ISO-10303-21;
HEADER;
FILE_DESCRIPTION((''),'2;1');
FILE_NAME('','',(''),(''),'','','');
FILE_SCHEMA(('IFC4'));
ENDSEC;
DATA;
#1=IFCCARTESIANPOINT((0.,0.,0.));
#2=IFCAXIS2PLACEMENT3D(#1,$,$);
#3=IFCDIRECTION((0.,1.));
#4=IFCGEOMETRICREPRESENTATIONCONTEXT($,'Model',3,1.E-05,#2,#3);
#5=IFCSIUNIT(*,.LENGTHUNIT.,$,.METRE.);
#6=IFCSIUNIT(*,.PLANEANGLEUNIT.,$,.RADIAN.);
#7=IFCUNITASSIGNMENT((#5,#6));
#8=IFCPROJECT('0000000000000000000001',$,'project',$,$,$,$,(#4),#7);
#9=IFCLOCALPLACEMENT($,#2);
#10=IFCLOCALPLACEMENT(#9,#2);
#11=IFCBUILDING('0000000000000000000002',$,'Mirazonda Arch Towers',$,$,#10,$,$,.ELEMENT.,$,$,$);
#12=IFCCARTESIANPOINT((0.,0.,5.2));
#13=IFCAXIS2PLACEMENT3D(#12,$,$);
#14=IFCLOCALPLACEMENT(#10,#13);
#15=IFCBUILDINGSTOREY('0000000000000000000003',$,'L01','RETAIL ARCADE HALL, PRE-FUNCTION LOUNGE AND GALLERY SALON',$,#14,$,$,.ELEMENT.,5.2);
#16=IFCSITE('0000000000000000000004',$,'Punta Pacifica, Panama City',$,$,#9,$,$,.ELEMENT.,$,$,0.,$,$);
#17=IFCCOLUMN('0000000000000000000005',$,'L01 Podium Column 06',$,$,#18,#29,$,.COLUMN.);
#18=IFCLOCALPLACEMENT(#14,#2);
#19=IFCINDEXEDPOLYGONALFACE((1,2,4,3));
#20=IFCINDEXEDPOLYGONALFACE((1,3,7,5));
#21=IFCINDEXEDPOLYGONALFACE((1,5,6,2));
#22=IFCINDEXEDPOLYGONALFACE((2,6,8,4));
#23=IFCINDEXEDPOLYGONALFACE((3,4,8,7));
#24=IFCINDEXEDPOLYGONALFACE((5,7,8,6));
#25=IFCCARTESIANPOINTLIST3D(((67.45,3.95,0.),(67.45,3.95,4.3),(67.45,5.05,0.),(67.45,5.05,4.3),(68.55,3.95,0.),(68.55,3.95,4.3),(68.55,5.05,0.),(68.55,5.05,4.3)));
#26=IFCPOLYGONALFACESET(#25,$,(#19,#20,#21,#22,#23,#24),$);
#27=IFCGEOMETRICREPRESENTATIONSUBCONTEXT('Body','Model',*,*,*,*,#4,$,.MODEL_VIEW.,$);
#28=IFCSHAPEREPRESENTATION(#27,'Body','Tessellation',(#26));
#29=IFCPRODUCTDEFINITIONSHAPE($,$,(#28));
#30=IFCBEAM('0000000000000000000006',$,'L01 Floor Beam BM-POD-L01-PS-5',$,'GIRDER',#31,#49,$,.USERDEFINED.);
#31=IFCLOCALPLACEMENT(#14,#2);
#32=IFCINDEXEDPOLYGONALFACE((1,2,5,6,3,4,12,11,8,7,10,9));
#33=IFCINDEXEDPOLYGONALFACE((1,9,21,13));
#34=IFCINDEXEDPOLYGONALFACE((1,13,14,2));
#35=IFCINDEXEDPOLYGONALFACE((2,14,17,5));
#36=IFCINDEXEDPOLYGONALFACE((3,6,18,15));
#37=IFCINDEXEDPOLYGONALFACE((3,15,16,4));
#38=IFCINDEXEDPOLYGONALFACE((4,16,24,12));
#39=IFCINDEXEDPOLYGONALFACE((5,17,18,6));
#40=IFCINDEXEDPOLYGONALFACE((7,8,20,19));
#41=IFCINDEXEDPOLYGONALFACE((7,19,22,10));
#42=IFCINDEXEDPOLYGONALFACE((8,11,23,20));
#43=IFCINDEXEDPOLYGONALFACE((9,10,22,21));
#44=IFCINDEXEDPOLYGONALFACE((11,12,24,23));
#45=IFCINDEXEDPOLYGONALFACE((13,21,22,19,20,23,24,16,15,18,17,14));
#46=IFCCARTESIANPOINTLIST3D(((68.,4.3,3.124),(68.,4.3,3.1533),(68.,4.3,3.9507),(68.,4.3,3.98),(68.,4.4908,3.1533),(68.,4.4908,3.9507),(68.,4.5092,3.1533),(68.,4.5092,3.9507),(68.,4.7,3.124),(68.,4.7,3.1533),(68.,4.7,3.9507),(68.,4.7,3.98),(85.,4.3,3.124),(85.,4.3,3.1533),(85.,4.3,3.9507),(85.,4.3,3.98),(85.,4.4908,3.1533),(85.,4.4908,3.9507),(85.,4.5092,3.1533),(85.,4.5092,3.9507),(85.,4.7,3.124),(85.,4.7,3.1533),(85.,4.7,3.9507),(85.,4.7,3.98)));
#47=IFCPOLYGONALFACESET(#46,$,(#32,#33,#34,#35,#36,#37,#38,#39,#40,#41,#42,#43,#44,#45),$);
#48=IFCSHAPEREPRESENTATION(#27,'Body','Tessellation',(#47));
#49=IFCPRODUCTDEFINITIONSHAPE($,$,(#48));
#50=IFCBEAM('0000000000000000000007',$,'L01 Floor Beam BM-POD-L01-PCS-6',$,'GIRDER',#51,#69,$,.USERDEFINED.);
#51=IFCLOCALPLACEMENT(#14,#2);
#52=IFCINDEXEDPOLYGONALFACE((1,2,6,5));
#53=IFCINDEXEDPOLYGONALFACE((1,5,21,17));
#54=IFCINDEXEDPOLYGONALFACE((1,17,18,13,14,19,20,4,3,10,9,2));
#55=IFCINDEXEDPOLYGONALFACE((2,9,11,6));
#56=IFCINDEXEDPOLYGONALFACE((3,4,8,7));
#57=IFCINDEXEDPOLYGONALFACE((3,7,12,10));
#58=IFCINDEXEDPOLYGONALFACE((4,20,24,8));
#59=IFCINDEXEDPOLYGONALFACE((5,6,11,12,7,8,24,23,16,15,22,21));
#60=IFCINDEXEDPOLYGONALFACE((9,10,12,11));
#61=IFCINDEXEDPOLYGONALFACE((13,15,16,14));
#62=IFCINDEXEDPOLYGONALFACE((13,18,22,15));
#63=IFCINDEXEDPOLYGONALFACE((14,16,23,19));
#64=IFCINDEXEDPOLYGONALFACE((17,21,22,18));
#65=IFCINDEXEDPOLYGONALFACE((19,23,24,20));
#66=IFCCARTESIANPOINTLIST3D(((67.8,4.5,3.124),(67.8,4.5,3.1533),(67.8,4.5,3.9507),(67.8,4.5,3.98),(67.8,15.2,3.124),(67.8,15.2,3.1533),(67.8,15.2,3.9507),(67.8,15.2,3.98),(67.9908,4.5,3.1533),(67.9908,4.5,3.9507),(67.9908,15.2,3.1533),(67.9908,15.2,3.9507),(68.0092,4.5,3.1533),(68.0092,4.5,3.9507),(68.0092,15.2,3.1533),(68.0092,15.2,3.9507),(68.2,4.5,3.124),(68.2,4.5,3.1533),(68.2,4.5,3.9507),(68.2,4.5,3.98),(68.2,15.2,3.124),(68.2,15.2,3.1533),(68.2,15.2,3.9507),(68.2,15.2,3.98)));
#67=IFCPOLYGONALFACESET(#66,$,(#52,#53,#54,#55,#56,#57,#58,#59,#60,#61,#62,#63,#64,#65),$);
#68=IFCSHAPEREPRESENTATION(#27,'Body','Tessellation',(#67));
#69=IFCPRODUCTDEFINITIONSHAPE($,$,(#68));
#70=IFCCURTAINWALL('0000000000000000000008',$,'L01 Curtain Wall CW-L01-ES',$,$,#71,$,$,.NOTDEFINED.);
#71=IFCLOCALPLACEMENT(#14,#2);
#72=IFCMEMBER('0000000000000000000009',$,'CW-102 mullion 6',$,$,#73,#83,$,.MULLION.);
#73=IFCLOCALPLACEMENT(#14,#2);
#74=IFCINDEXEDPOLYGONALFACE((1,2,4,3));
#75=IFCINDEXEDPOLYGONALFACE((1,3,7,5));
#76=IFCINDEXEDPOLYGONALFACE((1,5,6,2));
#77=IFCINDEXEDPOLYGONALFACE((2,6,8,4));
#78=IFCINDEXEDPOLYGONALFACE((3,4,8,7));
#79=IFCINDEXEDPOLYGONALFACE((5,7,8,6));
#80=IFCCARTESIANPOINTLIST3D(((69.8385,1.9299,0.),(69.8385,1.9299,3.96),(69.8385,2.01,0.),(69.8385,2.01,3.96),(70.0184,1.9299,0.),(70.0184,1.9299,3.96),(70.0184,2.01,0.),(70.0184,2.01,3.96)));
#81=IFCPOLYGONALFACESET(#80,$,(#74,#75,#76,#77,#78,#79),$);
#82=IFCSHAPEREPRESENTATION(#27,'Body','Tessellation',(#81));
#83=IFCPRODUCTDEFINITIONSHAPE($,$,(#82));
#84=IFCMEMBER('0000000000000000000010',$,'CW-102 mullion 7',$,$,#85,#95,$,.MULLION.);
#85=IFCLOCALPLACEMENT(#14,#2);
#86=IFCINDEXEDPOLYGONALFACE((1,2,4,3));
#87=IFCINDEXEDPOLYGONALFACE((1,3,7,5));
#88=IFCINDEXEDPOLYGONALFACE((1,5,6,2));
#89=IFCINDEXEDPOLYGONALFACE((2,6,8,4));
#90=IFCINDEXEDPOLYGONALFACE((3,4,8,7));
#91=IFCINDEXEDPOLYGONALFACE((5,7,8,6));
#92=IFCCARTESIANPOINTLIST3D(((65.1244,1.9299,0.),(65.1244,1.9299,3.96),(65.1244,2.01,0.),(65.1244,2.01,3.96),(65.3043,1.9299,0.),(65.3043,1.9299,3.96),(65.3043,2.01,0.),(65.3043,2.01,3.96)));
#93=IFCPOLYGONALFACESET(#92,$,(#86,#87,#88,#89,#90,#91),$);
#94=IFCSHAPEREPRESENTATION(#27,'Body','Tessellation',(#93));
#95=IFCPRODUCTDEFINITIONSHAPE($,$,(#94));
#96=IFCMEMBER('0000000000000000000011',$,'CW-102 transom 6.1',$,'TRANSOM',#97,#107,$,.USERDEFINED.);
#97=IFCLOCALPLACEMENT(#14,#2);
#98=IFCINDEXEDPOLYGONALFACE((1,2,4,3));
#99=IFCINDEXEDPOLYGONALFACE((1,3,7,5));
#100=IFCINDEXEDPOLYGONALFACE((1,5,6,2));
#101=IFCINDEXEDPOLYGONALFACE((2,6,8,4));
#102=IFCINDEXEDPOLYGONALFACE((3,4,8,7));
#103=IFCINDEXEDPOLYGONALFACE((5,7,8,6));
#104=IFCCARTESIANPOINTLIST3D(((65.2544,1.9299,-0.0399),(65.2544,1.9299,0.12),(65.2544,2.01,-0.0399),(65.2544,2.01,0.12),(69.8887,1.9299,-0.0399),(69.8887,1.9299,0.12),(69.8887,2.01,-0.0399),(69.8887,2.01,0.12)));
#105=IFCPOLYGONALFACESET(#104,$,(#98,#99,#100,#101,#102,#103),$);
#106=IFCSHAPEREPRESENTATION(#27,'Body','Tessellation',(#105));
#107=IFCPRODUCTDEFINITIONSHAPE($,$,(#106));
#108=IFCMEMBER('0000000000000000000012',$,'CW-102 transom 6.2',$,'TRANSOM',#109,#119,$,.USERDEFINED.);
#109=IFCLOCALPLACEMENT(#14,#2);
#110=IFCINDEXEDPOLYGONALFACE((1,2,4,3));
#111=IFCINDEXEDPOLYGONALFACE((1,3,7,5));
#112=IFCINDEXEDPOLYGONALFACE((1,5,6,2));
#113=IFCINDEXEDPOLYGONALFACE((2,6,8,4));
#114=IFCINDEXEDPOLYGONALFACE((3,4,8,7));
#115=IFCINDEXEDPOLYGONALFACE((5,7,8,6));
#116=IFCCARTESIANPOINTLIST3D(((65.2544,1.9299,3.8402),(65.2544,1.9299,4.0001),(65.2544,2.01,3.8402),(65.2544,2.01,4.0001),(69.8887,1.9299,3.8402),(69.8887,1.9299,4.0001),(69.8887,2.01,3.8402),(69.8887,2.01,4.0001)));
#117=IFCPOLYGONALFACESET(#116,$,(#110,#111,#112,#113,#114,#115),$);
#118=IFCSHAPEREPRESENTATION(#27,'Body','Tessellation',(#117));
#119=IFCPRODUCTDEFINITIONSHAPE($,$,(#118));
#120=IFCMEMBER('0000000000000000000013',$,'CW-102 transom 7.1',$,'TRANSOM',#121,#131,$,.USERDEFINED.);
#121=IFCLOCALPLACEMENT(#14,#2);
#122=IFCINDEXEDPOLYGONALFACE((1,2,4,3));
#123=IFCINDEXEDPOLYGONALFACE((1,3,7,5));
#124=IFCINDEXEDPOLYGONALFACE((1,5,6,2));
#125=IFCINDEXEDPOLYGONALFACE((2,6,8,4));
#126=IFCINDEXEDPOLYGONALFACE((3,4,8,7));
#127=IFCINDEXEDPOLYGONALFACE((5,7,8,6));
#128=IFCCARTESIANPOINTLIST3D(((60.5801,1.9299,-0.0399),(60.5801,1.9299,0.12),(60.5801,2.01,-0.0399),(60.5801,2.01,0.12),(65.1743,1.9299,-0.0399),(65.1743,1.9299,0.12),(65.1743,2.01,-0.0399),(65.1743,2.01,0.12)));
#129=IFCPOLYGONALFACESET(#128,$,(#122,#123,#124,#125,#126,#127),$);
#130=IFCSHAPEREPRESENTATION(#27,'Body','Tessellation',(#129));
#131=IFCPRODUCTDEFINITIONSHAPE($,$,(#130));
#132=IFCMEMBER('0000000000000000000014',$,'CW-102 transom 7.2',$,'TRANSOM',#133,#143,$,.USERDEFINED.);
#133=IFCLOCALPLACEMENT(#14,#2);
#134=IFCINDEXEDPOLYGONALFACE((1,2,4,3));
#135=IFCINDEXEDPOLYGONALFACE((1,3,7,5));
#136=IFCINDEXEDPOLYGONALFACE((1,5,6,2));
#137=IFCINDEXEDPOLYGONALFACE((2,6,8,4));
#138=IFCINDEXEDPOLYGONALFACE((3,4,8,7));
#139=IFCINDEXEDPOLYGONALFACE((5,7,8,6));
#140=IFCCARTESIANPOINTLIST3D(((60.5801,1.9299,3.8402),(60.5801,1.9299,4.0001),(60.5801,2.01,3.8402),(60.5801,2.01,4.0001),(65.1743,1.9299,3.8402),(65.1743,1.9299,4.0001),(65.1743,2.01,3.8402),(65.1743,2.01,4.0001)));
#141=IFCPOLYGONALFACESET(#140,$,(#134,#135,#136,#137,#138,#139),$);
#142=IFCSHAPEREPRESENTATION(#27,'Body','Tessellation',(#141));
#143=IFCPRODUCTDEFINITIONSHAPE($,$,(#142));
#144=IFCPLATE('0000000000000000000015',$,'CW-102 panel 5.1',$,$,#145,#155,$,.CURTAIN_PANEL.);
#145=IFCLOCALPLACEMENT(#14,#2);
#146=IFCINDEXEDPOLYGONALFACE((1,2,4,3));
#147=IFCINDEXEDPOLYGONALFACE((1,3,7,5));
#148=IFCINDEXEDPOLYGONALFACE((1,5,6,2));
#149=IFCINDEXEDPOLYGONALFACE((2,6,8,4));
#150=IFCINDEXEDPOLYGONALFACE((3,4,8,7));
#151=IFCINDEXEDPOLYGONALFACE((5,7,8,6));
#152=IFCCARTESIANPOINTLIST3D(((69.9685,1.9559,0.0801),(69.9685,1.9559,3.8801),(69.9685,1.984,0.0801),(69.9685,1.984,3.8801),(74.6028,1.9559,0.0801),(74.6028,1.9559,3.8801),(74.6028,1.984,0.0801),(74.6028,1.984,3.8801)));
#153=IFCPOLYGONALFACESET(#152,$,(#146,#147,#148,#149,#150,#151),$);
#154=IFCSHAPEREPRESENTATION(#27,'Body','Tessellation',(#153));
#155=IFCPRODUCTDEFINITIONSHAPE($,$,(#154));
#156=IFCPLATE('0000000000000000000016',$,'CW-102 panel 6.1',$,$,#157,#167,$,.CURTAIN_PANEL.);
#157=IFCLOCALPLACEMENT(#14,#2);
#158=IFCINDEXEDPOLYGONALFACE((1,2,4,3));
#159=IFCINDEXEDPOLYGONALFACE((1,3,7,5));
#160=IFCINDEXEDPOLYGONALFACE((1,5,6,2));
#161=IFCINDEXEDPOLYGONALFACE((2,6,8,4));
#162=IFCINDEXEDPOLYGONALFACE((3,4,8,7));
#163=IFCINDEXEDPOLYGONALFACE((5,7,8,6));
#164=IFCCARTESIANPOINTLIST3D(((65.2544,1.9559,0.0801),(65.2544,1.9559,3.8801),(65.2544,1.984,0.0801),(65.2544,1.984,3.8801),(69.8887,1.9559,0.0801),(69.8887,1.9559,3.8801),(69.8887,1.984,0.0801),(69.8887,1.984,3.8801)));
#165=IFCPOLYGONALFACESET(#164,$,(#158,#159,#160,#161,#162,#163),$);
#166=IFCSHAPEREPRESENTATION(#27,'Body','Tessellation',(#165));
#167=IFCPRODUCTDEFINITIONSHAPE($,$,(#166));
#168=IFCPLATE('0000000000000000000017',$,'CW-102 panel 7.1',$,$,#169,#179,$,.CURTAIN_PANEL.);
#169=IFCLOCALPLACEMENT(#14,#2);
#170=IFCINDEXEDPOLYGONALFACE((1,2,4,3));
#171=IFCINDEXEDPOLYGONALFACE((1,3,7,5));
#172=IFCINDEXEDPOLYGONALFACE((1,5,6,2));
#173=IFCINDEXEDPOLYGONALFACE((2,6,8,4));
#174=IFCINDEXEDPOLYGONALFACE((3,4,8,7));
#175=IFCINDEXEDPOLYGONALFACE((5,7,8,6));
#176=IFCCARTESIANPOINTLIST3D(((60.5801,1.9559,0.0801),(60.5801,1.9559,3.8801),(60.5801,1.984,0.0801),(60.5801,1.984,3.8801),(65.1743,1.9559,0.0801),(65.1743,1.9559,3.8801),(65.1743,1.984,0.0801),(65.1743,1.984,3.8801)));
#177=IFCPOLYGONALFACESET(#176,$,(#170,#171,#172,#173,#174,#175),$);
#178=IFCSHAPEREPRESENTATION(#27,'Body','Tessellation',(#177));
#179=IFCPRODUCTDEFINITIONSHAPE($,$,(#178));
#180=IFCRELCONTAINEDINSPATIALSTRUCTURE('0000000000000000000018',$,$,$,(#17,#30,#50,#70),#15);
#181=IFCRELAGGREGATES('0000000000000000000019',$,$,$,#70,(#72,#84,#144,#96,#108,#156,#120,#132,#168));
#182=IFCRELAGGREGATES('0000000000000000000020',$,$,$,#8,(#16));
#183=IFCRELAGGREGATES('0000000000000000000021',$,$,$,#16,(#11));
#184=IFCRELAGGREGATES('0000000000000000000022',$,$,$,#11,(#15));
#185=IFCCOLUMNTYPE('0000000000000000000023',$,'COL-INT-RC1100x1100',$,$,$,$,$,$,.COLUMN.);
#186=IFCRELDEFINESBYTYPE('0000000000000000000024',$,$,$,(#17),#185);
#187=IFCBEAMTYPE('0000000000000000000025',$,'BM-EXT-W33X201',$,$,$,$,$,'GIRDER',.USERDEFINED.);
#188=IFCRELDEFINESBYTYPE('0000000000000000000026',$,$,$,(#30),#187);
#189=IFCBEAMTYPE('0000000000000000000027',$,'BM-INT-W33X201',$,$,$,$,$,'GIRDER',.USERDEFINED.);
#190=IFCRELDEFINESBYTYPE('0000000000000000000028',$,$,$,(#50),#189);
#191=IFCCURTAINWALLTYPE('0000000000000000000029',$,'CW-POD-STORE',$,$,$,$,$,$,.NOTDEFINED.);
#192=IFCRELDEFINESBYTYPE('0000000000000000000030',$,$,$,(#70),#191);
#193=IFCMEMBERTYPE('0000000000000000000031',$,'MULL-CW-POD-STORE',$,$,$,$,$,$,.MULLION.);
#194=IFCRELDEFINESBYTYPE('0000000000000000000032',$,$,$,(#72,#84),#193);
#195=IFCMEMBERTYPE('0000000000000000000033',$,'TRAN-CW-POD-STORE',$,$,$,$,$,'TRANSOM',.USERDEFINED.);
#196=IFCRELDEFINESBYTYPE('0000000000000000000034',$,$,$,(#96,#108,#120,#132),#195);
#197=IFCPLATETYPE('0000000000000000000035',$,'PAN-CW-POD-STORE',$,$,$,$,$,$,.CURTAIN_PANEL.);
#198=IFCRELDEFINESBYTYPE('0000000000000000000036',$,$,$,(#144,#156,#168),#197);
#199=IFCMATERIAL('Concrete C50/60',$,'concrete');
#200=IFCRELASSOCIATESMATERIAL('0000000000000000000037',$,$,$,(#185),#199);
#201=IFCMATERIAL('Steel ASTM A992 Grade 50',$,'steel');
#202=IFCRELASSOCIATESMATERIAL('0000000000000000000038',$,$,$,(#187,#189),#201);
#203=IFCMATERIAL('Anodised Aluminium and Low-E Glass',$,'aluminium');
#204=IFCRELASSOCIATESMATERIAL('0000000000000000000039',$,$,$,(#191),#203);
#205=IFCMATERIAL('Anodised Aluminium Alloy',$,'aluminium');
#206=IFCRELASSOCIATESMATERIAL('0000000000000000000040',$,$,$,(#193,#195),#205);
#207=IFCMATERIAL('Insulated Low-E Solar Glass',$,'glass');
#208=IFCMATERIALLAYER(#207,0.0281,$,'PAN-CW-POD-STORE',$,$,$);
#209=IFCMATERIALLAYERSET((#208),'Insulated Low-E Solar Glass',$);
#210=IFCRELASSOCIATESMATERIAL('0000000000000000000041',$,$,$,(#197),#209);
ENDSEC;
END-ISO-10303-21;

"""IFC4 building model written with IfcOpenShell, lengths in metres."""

from ifc_helpers import new_model, si_unit, direction, frame, origin, origin_2d, place, context, subcontext, project, spatial, rectangle, i_section, extrude, material, layer, layer_set, material_profile, profile_set, type_object, element, aggregate, save


model = new_model("IFC4")

# Units and contexts
model_context = context("Model", 3, precision=1e-05, world=origin(), true_north=direction((0.0, 1.0)))
body_context = subcontext(model_context, "Body", "Model", "MODEL_VIEW")
ifc_project = project(units=[si_unit("LENGTHUNIT", "METRE"), si_unit("PLANEANGLEUNIT", "RADIAN")], contexts=[model_context])

# Site, building, storey
site_placement = place(None, origin())
site = spatial("IfcSite", under=ifc_project, at=site_placement, Name="Punta Pacifica, Panama City", CompositionType="ELEMENT", RefElevation=0.0)
building_placement = place(site_placement, origin())
building = spatial("IfcBuilding", under=site, at=building_placement, Name="Mirazonda Arch Towers", CompositionType="ELEMENT")
storey_placement = place(building_placement, frame((0.0, 0.0, 5.2)))
storey = spatial("IfcBuildingStorey", under=building, at=storey_placement, Name="L01", Description="RETAIL ARCADE HALL, PRE-FUNCTION LOUNGE AND GALLERY SALON", CompositionType="ELEMENT", Elevation=5.2)

# Column
ifc_material_1 = material(Name="Concrete C50/60", Category="concrete")
ifc_material_profile_1 = material_profile(ifc_material_1, rectangle(XDim=1.1001, YDim=1.1001, at=origin_2d()), Name="RC1100x1100")
ifc_profile_set_1 = profile_set([ifc_material_profile_1], Name="Concrete C50/60")
column_type = type_object("IfcColumnType", Name="COL-INT-RC1100x1100", PredefinedType="COLUMN", material=ifc_profile_set_1)
column_placement = place(storey_placement, frame((68.0, 4.5, 0.0), z_axis=(0.0, 0.0, 1.0), x_axis=(1.0, 0.0, 0.0)))
element("IfcColumn", 1, at=column_placement, inside=storey, type_object=column_type, Name="L01 Podium Column 06", PredefinedType="COLUMN", context=body_context, shape_type="SweptSolid", body=[
    extrude(rectangle(XDim=1.1001, YDim=1.1001, at=origin_2d()), origin(), (0.0, 0.0, 1.0), 4.3),
])

# Beams
ifc_material_2 = material(Name="Steel ASTM A992 Grade 50", Category="steel")
ifc_material_profile_2 = material_profile(ifc_material_2, i_section(OverallWidth=0.3999, OverallDepth=0.856, WebThickness=0.0183, FlangeThickness=0.0293, at=origin_2d()), Name="W33X201")
ifc_profile_set_2 = profile_set([ifc_material_profile_2], Name="Steel ASTM A992 Grade 50")
beam_type_1 = type_object("IfcBeamType", Name="BM-EXT-W33X201", ElementType="GIRDER", PredefinedType="USERDEFINED", material=ifc_profile_set_2)
beam_1_placement = place(storey_placement, frame((68.0, 4.5, 3.552), z_axis=(1.0, 0.0, 0.0), x_axis=(0.0, 1.0, 0.0)))
element("IfcBeam", 2, at=beam_1_placement, inside=storey, type_object=beam_type_1, Name="L01 Floor Beam BM-POD-L01-PS-5", ObjectType="GIRDER", PredefinedType="USERDEFINED", context=body_context, shape_type="SweptSolid", body=[
    extrude(i_section(OverallWidth=0.3999, OverallDepth=0.856, WebThickness=0.0183, FlangeThickness=0.0293, at=origin_2d()), origin(), (0.0, 0.0, 1.0), 17.0),
])
ifc_material_profile_3 = material_profile(ifc_material_2, i_section(OverallWidth=0.3999, OverallDepth=0.856, WebThickness=0.0183, FlangeThickness=0.0293, at=origin_2d()), Name="W33X201")
ifc_profile_set_3 = profile_set([ifc_material_profile_3], Name="Steel ASTM A992 Grade 50")
beam_type_2 = type_object("IfcBeamType", Name="BM-INT-W33X201", ElementType="GIRDER", PredefinedType="USERDEFINED", material=ifc_profile_set_3)
beam_2_placement = place(storey_placement, frame((68.0, 4.5, 3.552), z_axis=(0.0, 1.0, 0.0), x_axis=(-1.0, 0.0, 0.0)))
element("IfcBeam", 3, at=beam_2_placement, inside=storey, type_object=beam_type_2, Name="L01 Floor Beam BM-POD-L01-PCS-6", ObjectType="GIRDER", PredefinedType="USERDEFINED", context=body_context, shape_type="SweptSolid", body=[
    extrude(i_section(OverallWidth=0.3999, OverallDepth=0.856, WebThickness=0.0183, FlangeThickness=0.0293, at=origin_2d()), origin(), (0.0, 0.0, 1.0), 10.7),
])

# Curtain wall, members, plates
ifc_material_3 = material(Name="Anodised Aluminium and Low-E Glass", Category="aluminium")
curtain_wall_type = type_object("IfcCurtainWallType", Name="CW-POD-STORE", PredefinedType="NOTDEFINED", material=ifc_material_3)
curtain_wall_placement = place(storey_placement, origin())
curtain_wall = element("IfcCurtainWall", 4, at=curtain_wall_placement, inside=storey, type_object=curtain_wall_type, Name="L01 Curtain Wall CW-L01-ES", PredefinedType="NOTDEFINED")
ifc_material_4 = material(Name="Anodised Aluminium Alloy", Category="aluminium")
ifc_material_profile_4 = material_profile(ifc_material_4, rectangle(XDim=0.0801, YDim=0.1799, at=origin_2d()), Name="ALU-MULL-80x180")
ifc_profile_set_4 = profile_set([ifc_material_profile_4], Name="Anodised Aluminium Alloy")
member_type_1 = type_object("IfcMemberType", Name="MULL-CW-POD-STORE", PredefinedType="MULLION", material=ifc_profile_set_4)
member_1_placement = place(storey_placement, frame((69.9285, 1.97, 0.0), z_axis=(0.0, 0.0, 1.0), x_axis=(0.0, -1.0, 0.0)))
member_1 = element("IfcMember", 5, at=member_1_placement, type_object=member_type_1, Name="CW-102 mullion 6", PredefinedType="MULLION", context=body_context, shape_type="SweptSolid", body=[
    extrude(rectangle(XDim=0.0801, YDim=0.1799, at=origin_2d()), origin(), (0.0, 0.0, 1.0), 3.96),
])
member_2_placement = place(storey_placement, frame((65.2144, 1.97, 0.0), z_axis=(0.0, 0.0, 1.0), x_axis=(0.0, -1.0, 0.0)))
member_2 = element("IfcMember", 6, at=member_2_placement, type_object=member_type_1, Name="CW-102 mullion 7", PredefinedType="MULLION", context=body_context, shape_type="SweptSolid", body=[
    extrude(rectangle(XDim=0.0801, YDim=0.1799, at=origin_2d()), origin(), (0.0, 0.0, 1.0), 3.96),
])
ifc_material_profile_5 = material_profile(ifc_material_4, rectangle(XDim=0.0801, YDim=0.1599, at=origin_2d()), Name="ALU-TRAN-80x160")
ifc_profile_set_5 = profile_set([ifc_material_profile_5], Name="Anodised Aluminium Alloy")
member_type_2 = type_object("IfcMemberType", Name="TRAN-CW-POD-STORE", ElementType="TRANSOM", PredefinedType="USERDEFINED", material=ifc_profile_set_5)
member_3_placement = place(storey_placement, frame((69.8887, 1.97, 0.04), z_axis=(-1.0, 0.0, 0.0), x_axis=(0.0, -1.0, 0.0)))
member_3 = element("IfcMember", 7, at=member_3_placement, type_object=member_type_2, Name="CW-102 transom 6.1", ObjectType="TRANSOM", PredefinedType="USERDEFINED", context=body_context, shape_type="SweptSolid", body=[
    extrude(rectangle(XDim=0.0801, YDim=0.1599, at=origin_2d()), origin(), (0.0, 0.0, 1.0), 4.6343),
])
member_4_placement = place(storey_placement, frame((69.8887, 1.97, 3.9202), z_axis=(-1.0, 0.0, 0.0), x_axis=(0.0, -1.0, 0.0)))
member_4 = element("IfcMember", 8, at=member_4_placement, type_object=member_type_2, Name="CW-102 transom 6.2", ObjectType="TRANSOM", PredefinedType="USERDEFINED", context=body_context, shape_type="SweptSolid", body=[
    extrude(rectangle(XDim=0.0801, YDim=0.1599, at=origin_2d()), origin(), (0.0, 0.0, 1.0), 4.6343),
])
member_5_placement = place(storey_placement, frame((65.1743, 1.97, 0.04), z_axis=(-1.0, 0.0, 0.0), x_axis=(0.0, -1.0, 0.0)))
member_5 = element("IfcMember", 9, at=member_5_placement, type_object=member_type_2, Name="CW-102 transom 7.1", ObjectType="TRANSOM", PredefinedType="USERDEFINED", context=body_context, shape_type="SweptSolid", body=[
    extrude(rectangle(XDim=0.0801, YDim=0.1599, at=origin_2d()), origin(), (0.0, 0.0, 1.0), 4.5942),
])
member_6_placement = place(storey_placement, frame((65.1743, 1.97, 3.9202), z_axis=(-1.0, 0.0, 0.0), x_axis=(0.0, -1.0, 0.0)))
member_6 = element("IfcMember", 10, at=member_6_placement, type_object=member_type_2, Name="CW-102 transom 7.2", ObjectType="TRANSOM", PredefinedType="USERDEFINED", context=body_context, shape_type="SweptSolid", body=[
    extrude(rectangle(XDim=0.0801, YDim=0.1599, at=origin_2d()), origin(), (0.0, 0.0, 1.0), 4.5942),
])
ifc_material_5 = material(Name="Insulated Low-E Solar Glass", Category="glass")
ifc_layer_1 = layer(ifc_material_5, 0.0281, Name="PAN-CW-POD-STORE")
ifc_layer_set_1 = layer_set([ifc_layer_1], Name="Insulated Low-E Solar Glass")
plate_type = type_object("IfcPlateType", Name="PAN-CW-POD-STORE", PredefinedType="CURTAIN_PANEL", material=ifc_layer_set_1)
plate_1_placement = place(storey_placement, frame((72.2856, 1.97, 0.0801), z_axis=(0.0, 0.0, 1.0), x_axis=(-1.0, 0.0, 0.0)))
plate_1 = element("IfcPlate", 11, at=plate_1_placement, type_object=plate_type, Name="CW-102 panel 5.1", PredefinedType="CURTAIN_PANEL", context=body_context, shape_type="SweptSolid", body=[
    extrude(rectangle(XDim=4.6343, YDim=0.0281, at=origin_2d()), origin(), (0.0, 0.0, 1.0), 3.8),
])
plate_2_placement = place(storey_placement, frame((67.5715, 1.97, 0.0801), z_axis=(0.0, 0.0, 1.0), x_axis=(-1.0, 0.0, 0.0)))
plate_2 = element("IfcPlate", 12, at=plate_2_placement, type_object=plate_type, Name="CW-102 panel 6.1", PredefinedType="CURTAIN_PANEL", context=body_context, shape_type="SweptSolid", body=[
    extrude(rectangle(XDim=4.6343, YDim=0.0281, at=origin_2d()), origin(), (0.0, 0.0, 1.0), 3.8),
])
plate_3_placement = place(storey_placement, frame((62.8772, 1.97, 0.0801), z_axis=(0.0, 0.0, 1.0), x_axis=(-1.0, 0.0, 0.0)))
plate_3 = element("IfcPlate", 13, at=plate_3_placement, type_object=plate_type, Name="CW-102 panel 7.1", PredefinedType="CURTAIN_PANEL", context=body_context, shape_type="SweptSolid", body=[
    extrude(rectangle(XDim=4.5942, YDim=0.0281, at=origin_2d()), origin(), (0.0, 0.0, 1.0), 3.8),
])
aggregate(curtain_wall, [member_1, member_2, plate_1, member_3, member_4, plate_2, member_5, member_6, plate_3])

save(model, "model.ifc")
